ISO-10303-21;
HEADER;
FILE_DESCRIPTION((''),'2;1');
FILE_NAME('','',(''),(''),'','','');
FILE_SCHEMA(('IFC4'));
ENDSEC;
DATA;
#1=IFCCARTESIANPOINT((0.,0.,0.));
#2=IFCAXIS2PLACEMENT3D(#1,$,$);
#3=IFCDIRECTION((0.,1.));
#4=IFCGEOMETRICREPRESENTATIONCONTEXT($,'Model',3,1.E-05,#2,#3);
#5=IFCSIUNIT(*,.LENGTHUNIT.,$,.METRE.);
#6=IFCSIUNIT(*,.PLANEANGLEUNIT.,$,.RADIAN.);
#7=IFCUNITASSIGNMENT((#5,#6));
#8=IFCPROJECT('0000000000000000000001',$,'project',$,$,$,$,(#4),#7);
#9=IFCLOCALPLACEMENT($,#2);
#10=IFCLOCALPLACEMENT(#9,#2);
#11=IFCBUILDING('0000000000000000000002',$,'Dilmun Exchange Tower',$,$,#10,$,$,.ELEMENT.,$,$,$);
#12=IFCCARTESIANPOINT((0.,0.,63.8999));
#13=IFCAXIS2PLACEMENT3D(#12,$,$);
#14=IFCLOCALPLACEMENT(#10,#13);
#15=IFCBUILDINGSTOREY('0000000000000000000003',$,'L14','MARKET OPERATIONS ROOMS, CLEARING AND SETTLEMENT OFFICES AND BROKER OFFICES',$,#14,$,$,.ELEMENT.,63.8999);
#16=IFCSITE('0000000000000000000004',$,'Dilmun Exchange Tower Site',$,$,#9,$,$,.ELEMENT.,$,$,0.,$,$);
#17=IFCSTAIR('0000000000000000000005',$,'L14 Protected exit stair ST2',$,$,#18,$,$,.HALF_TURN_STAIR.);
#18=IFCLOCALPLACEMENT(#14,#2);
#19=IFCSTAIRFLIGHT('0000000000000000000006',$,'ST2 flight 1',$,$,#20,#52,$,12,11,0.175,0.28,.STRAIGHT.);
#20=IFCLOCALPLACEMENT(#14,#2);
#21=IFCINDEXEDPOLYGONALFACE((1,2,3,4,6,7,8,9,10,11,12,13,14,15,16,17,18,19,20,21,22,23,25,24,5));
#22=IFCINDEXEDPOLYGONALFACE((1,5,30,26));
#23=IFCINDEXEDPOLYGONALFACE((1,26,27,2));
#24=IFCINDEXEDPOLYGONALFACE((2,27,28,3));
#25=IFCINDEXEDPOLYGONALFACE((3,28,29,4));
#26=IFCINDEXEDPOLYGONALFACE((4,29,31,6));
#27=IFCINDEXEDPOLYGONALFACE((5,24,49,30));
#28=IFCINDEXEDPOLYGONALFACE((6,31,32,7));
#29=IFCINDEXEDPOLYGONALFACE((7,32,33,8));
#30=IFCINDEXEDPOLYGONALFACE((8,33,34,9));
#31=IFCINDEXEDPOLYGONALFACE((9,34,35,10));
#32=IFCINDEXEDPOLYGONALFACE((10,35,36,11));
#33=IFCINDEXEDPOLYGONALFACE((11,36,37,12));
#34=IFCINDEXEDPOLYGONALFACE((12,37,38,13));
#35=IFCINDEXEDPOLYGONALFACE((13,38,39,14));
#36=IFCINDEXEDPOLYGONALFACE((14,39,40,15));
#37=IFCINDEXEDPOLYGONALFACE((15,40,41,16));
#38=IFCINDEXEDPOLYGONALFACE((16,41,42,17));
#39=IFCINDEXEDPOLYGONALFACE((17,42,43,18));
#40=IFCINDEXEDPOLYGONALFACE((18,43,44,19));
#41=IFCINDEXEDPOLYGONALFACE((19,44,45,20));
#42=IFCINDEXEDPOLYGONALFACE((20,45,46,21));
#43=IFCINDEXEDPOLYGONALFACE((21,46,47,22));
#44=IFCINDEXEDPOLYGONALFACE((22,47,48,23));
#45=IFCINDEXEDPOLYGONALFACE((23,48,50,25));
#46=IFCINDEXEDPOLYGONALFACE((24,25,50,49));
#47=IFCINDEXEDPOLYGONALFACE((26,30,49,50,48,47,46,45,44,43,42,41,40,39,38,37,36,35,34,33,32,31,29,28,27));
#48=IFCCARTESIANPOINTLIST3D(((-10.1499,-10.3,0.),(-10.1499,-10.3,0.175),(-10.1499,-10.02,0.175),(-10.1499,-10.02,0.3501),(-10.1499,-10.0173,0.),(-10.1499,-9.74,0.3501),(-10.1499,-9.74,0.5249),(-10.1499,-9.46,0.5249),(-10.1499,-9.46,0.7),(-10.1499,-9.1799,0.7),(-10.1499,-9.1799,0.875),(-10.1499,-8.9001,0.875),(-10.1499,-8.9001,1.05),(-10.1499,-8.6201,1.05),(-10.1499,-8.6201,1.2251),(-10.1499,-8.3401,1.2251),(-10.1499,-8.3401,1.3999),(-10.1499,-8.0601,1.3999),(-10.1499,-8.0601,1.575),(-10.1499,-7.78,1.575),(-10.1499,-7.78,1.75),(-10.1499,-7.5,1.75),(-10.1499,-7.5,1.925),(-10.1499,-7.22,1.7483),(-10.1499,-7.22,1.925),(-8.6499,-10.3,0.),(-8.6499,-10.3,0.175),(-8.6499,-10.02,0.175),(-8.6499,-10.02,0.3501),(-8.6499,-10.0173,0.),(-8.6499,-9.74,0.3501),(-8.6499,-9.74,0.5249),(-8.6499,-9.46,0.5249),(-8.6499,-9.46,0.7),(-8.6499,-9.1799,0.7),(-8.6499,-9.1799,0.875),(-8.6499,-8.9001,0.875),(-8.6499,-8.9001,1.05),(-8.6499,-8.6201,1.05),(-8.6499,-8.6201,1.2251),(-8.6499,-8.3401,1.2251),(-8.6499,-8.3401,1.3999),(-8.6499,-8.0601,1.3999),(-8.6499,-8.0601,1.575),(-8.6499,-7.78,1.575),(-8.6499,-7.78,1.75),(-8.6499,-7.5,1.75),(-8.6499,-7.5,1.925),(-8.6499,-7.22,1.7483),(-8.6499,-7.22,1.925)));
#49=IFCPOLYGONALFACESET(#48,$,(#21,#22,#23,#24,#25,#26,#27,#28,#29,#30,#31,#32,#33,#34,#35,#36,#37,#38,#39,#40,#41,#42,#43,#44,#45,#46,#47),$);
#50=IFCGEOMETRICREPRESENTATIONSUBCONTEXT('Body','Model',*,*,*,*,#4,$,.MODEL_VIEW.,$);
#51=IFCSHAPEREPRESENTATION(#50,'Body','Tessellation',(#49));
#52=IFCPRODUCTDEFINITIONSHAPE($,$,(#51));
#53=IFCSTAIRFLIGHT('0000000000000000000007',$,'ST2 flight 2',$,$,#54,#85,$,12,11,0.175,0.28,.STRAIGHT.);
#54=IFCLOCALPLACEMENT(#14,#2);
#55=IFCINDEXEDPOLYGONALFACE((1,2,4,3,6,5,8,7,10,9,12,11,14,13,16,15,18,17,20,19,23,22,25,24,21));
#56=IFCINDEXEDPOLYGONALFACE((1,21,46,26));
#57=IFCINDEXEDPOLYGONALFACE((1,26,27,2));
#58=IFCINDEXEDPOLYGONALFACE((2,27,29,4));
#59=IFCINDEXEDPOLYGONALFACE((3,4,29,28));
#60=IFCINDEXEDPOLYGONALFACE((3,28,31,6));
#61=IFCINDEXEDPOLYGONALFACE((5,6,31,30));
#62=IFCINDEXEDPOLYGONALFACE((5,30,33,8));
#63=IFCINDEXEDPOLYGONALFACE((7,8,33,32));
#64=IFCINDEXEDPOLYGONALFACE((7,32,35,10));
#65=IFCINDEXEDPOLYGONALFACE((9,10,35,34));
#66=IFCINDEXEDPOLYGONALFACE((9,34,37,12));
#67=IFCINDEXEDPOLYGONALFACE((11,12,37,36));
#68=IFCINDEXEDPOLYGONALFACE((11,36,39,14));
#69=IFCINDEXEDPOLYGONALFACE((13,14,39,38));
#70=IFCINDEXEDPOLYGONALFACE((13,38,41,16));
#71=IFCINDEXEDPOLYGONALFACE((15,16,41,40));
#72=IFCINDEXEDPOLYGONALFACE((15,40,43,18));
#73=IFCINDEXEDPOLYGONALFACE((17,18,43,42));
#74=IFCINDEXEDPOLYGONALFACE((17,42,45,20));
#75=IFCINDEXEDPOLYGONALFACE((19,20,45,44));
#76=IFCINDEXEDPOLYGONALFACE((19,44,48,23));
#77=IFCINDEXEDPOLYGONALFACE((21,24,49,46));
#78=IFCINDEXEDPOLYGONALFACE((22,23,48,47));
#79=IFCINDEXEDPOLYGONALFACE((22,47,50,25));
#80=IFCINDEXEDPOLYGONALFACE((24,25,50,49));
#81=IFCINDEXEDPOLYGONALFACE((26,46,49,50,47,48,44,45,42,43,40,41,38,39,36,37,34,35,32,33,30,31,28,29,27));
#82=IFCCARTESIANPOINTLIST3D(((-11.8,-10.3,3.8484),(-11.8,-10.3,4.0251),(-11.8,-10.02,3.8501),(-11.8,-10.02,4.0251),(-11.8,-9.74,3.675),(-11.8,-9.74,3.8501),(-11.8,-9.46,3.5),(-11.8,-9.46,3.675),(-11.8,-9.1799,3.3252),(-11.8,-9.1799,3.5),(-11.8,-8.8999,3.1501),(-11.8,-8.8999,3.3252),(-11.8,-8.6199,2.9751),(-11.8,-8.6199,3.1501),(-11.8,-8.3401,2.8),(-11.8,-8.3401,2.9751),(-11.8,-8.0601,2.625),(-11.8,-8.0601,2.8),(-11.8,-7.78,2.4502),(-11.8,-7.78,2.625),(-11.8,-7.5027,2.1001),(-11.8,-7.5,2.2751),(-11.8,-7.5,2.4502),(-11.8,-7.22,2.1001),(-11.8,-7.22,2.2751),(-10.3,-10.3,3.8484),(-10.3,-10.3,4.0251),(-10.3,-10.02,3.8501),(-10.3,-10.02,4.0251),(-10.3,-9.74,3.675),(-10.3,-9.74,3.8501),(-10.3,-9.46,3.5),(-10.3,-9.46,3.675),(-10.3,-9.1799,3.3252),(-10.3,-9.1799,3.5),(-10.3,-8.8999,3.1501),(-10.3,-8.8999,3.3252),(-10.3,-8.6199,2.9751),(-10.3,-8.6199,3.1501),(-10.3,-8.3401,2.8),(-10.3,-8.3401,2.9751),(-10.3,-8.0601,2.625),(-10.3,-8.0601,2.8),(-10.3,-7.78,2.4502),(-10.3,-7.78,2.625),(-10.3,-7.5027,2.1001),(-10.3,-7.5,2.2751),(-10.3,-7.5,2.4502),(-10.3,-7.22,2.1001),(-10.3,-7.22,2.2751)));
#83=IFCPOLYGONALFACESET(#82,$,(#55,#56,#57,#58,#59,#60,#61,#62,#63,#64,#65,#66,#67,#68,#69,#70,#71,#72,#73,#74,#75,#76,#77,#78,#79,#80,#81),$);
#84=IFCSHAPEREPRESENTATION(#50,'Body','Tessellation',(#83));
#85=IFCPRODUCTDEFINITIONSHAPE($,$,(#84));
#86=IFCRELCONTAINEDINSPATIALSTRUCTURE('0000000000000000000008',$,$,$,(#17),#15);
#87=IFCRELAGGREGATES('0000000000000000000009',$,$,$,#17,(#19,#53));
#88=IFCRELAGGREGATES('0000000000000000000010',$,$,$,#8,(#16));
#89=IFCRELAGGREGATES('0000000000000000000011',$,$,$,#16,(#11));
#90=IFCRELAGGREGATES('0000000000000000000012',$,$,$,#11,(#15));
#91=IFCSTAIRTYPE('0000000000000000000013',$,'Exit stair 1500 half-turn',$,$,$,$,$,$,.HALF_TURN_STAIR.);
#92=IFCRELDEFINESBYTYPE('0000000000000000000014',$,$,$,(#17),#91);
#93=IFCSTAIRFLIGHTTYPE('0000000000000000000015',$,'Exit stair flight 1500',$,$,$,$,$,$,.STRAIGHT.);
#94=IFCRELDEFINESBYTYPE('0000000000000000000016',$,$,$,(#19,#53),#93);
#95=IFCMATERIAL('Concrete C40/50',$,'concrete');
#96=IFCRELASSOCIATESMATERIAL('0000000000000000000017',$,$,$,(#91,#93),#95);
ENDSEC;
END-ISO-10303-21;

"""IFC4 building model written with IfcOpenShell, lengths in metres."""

from ifc_helpers import new_model, si_unit, direction, frame, origin, place, context, subcontext, project, spatial, polyline, outline, extrude, material, type_object, element, aggregate, save


model = new_model("IFC4")

# Units and contexts
model_context = context("Model", 3, precision=1e-05, world=origin(), true_north=direction((0.0, 1.0)))
body_context = subcontext(model_context, "Body", "Model", "MODEL_VIEW")
ifc_project = project(units=[si_unit("LENGTHUNIT", "METRE"), si_unit("PLANEANGLEUNIT", "RADIAN")], contexts=[model_context])

# Site, building, storey
site_placement = place(None, origin())
site = spatial("IfcSite", under=ifc_project, at=site_placement, Name="Dilmun Exchange Tower Site", CompositionType="ELEMENT", RefElevation=0.0)
building_placement = place(site_placement, origin())
building = spatial("IfcBuilding", under=site, at=building_placement, Name="Dilmun Exchange Tower", CompositionType="ELEMENT")
storey_placement = place(building_placement, frame((0.0, 0.0, 63.8999)))
storey = spatial("IfcBuildingStorey", under=building, at=storey_placement, Name="L14", Description="MARKET OPERATIONS ROOMS, CLEARING AND SETTLEMENT OFFICES AND BROKER OFFICES", CompositionType="ELEMENT", Elevation=63.8999)

# Shared definitions
ifc_material_1 = material(Name="Concrete C40/50", Category="concrete")

# Stair, stair flights
stair_type = type_object("IfcStairType", Name="Exit stair 1500 half-turn", PredefinedType="HALF_TURN_STAIR", material=ifc_material_1)
stair_placement = place(storey_placement, origin())
stair = element("IfcStair", 1, at=stair_placement, inside=storey, type_object=stair_type, Name="L14 Protected exit stair ST2", PredefinedType="HALF_TURN_STAIR")
stair_flight_type = type_object("IfcStairFlightType", Name="Exit stair flight 1500", PredefinedType="STRAIGHT", material=ifc_material_1)
stair_flight_1_placement = place(storey_placement, frame((-9.3999, -10.3, 0.0), z_axis=(0.0, 0.0, 1.0), x_axis=(0.0, 1.0, 0.0)))
stair_flight_1 = element("IfcStairFlight", 2, at=stair_flight_1_placement, type_object=stair_flight_type, Name="ST2 flight 1", NumberOfRisers=12, NumberOfTreads=11, PredefinedType="STRAIGHT", RiserHeight=0.175, TreadLength=0.28, context=body_context, shape_type="SweptSolid", body=[
    extrude(outline(polyline([(0.0, 0.0), (0.0, 0.175), (0.28, 0.175), (0.28, 0.3501), (0.5601, 0.3501), (0.5601, 0.5249), (0.8401, 0.5249), (0.8401, 0.7), (1.1201, 0.7), (1.1201, 0.875), (1.3999, 0.875), (1.3999, 1.05), (1.6799, 1.05), (1.6799, 1.2251), (1.96, 1.2251), (1.96, 1.3999), (2.24, 1.3999), (2.24, 1.575), (2.52, 1.575), (2.52, 1.75), (2.8, 1.75), (2.8, 1.925), (3.0801, 1.925), (3.0801, 2.1001), (3.0801, 1.7483), (0.2827, 0.0), (0.0, 0.0)])), frame((0.0, 0.75, 0.0), z_axis=(0.0, -1.0, 0.0), x_axis=(1.0, 0.0, 0.0)), (0.0, 0.0, 1.0), 1.5),
])
stair_flight_2_placement = place(storey_placement, frame((-11.05, -7.22, 2.1001), z_axis=(0.0, 0.0, 1.0), x_axis=(0.0, -1.0, 0.0)))
stair_flight_2 = element("IfcStairFlight", 3, at=stair_flight_2_placement, type_object=stair_flight_type, Name="ST2 flight 2", NumberOfRisers=12, NumberOfTreads=11, PredefinedType="STRAIGHT", RiserHeight=0.175, TreadLength=0.28, context=body_context, shape_type="SweptSolid", body=[
    extrude(outline(polyline([(0.0, 0.0), (0.0, 0.175), (0.28, 0.175), (0.28, 0.3501), (0.5601, 0.3501), (0.5601, 0.5249), (0.8401, 0.5249), (0.8401, 0.7), (1.1201, 0.7), (1.1201, 0.875), (1.3999, 0.875), (1.3999, 1.05), (1.6799, 1.05), (1.6799, 1.2251), (1.96, 1.2251), (1.96, 1.3999), (2.24, 1.3999), (2.24, 1.575), (2.52, 1.575), (2.52, 1.75), (2.8, 1.75), (2.8, 1.925), (3.0801, 1.925), (3.0801, 2.1001), (3.0801, 1.7483), (0.2827, 0.0), (0.0, 0.0)])), frame((0.0, 0.75, 0.0), z_axis=(0.0, -1.0, 0.0), x_axis=(1.0, 0.0, 0.0)), (0.0, 0.0, 1.0), 1.5),
])
aggregate(stair, [stair_flight_1, stair_flight_2])

save(model, "model.ifc")
